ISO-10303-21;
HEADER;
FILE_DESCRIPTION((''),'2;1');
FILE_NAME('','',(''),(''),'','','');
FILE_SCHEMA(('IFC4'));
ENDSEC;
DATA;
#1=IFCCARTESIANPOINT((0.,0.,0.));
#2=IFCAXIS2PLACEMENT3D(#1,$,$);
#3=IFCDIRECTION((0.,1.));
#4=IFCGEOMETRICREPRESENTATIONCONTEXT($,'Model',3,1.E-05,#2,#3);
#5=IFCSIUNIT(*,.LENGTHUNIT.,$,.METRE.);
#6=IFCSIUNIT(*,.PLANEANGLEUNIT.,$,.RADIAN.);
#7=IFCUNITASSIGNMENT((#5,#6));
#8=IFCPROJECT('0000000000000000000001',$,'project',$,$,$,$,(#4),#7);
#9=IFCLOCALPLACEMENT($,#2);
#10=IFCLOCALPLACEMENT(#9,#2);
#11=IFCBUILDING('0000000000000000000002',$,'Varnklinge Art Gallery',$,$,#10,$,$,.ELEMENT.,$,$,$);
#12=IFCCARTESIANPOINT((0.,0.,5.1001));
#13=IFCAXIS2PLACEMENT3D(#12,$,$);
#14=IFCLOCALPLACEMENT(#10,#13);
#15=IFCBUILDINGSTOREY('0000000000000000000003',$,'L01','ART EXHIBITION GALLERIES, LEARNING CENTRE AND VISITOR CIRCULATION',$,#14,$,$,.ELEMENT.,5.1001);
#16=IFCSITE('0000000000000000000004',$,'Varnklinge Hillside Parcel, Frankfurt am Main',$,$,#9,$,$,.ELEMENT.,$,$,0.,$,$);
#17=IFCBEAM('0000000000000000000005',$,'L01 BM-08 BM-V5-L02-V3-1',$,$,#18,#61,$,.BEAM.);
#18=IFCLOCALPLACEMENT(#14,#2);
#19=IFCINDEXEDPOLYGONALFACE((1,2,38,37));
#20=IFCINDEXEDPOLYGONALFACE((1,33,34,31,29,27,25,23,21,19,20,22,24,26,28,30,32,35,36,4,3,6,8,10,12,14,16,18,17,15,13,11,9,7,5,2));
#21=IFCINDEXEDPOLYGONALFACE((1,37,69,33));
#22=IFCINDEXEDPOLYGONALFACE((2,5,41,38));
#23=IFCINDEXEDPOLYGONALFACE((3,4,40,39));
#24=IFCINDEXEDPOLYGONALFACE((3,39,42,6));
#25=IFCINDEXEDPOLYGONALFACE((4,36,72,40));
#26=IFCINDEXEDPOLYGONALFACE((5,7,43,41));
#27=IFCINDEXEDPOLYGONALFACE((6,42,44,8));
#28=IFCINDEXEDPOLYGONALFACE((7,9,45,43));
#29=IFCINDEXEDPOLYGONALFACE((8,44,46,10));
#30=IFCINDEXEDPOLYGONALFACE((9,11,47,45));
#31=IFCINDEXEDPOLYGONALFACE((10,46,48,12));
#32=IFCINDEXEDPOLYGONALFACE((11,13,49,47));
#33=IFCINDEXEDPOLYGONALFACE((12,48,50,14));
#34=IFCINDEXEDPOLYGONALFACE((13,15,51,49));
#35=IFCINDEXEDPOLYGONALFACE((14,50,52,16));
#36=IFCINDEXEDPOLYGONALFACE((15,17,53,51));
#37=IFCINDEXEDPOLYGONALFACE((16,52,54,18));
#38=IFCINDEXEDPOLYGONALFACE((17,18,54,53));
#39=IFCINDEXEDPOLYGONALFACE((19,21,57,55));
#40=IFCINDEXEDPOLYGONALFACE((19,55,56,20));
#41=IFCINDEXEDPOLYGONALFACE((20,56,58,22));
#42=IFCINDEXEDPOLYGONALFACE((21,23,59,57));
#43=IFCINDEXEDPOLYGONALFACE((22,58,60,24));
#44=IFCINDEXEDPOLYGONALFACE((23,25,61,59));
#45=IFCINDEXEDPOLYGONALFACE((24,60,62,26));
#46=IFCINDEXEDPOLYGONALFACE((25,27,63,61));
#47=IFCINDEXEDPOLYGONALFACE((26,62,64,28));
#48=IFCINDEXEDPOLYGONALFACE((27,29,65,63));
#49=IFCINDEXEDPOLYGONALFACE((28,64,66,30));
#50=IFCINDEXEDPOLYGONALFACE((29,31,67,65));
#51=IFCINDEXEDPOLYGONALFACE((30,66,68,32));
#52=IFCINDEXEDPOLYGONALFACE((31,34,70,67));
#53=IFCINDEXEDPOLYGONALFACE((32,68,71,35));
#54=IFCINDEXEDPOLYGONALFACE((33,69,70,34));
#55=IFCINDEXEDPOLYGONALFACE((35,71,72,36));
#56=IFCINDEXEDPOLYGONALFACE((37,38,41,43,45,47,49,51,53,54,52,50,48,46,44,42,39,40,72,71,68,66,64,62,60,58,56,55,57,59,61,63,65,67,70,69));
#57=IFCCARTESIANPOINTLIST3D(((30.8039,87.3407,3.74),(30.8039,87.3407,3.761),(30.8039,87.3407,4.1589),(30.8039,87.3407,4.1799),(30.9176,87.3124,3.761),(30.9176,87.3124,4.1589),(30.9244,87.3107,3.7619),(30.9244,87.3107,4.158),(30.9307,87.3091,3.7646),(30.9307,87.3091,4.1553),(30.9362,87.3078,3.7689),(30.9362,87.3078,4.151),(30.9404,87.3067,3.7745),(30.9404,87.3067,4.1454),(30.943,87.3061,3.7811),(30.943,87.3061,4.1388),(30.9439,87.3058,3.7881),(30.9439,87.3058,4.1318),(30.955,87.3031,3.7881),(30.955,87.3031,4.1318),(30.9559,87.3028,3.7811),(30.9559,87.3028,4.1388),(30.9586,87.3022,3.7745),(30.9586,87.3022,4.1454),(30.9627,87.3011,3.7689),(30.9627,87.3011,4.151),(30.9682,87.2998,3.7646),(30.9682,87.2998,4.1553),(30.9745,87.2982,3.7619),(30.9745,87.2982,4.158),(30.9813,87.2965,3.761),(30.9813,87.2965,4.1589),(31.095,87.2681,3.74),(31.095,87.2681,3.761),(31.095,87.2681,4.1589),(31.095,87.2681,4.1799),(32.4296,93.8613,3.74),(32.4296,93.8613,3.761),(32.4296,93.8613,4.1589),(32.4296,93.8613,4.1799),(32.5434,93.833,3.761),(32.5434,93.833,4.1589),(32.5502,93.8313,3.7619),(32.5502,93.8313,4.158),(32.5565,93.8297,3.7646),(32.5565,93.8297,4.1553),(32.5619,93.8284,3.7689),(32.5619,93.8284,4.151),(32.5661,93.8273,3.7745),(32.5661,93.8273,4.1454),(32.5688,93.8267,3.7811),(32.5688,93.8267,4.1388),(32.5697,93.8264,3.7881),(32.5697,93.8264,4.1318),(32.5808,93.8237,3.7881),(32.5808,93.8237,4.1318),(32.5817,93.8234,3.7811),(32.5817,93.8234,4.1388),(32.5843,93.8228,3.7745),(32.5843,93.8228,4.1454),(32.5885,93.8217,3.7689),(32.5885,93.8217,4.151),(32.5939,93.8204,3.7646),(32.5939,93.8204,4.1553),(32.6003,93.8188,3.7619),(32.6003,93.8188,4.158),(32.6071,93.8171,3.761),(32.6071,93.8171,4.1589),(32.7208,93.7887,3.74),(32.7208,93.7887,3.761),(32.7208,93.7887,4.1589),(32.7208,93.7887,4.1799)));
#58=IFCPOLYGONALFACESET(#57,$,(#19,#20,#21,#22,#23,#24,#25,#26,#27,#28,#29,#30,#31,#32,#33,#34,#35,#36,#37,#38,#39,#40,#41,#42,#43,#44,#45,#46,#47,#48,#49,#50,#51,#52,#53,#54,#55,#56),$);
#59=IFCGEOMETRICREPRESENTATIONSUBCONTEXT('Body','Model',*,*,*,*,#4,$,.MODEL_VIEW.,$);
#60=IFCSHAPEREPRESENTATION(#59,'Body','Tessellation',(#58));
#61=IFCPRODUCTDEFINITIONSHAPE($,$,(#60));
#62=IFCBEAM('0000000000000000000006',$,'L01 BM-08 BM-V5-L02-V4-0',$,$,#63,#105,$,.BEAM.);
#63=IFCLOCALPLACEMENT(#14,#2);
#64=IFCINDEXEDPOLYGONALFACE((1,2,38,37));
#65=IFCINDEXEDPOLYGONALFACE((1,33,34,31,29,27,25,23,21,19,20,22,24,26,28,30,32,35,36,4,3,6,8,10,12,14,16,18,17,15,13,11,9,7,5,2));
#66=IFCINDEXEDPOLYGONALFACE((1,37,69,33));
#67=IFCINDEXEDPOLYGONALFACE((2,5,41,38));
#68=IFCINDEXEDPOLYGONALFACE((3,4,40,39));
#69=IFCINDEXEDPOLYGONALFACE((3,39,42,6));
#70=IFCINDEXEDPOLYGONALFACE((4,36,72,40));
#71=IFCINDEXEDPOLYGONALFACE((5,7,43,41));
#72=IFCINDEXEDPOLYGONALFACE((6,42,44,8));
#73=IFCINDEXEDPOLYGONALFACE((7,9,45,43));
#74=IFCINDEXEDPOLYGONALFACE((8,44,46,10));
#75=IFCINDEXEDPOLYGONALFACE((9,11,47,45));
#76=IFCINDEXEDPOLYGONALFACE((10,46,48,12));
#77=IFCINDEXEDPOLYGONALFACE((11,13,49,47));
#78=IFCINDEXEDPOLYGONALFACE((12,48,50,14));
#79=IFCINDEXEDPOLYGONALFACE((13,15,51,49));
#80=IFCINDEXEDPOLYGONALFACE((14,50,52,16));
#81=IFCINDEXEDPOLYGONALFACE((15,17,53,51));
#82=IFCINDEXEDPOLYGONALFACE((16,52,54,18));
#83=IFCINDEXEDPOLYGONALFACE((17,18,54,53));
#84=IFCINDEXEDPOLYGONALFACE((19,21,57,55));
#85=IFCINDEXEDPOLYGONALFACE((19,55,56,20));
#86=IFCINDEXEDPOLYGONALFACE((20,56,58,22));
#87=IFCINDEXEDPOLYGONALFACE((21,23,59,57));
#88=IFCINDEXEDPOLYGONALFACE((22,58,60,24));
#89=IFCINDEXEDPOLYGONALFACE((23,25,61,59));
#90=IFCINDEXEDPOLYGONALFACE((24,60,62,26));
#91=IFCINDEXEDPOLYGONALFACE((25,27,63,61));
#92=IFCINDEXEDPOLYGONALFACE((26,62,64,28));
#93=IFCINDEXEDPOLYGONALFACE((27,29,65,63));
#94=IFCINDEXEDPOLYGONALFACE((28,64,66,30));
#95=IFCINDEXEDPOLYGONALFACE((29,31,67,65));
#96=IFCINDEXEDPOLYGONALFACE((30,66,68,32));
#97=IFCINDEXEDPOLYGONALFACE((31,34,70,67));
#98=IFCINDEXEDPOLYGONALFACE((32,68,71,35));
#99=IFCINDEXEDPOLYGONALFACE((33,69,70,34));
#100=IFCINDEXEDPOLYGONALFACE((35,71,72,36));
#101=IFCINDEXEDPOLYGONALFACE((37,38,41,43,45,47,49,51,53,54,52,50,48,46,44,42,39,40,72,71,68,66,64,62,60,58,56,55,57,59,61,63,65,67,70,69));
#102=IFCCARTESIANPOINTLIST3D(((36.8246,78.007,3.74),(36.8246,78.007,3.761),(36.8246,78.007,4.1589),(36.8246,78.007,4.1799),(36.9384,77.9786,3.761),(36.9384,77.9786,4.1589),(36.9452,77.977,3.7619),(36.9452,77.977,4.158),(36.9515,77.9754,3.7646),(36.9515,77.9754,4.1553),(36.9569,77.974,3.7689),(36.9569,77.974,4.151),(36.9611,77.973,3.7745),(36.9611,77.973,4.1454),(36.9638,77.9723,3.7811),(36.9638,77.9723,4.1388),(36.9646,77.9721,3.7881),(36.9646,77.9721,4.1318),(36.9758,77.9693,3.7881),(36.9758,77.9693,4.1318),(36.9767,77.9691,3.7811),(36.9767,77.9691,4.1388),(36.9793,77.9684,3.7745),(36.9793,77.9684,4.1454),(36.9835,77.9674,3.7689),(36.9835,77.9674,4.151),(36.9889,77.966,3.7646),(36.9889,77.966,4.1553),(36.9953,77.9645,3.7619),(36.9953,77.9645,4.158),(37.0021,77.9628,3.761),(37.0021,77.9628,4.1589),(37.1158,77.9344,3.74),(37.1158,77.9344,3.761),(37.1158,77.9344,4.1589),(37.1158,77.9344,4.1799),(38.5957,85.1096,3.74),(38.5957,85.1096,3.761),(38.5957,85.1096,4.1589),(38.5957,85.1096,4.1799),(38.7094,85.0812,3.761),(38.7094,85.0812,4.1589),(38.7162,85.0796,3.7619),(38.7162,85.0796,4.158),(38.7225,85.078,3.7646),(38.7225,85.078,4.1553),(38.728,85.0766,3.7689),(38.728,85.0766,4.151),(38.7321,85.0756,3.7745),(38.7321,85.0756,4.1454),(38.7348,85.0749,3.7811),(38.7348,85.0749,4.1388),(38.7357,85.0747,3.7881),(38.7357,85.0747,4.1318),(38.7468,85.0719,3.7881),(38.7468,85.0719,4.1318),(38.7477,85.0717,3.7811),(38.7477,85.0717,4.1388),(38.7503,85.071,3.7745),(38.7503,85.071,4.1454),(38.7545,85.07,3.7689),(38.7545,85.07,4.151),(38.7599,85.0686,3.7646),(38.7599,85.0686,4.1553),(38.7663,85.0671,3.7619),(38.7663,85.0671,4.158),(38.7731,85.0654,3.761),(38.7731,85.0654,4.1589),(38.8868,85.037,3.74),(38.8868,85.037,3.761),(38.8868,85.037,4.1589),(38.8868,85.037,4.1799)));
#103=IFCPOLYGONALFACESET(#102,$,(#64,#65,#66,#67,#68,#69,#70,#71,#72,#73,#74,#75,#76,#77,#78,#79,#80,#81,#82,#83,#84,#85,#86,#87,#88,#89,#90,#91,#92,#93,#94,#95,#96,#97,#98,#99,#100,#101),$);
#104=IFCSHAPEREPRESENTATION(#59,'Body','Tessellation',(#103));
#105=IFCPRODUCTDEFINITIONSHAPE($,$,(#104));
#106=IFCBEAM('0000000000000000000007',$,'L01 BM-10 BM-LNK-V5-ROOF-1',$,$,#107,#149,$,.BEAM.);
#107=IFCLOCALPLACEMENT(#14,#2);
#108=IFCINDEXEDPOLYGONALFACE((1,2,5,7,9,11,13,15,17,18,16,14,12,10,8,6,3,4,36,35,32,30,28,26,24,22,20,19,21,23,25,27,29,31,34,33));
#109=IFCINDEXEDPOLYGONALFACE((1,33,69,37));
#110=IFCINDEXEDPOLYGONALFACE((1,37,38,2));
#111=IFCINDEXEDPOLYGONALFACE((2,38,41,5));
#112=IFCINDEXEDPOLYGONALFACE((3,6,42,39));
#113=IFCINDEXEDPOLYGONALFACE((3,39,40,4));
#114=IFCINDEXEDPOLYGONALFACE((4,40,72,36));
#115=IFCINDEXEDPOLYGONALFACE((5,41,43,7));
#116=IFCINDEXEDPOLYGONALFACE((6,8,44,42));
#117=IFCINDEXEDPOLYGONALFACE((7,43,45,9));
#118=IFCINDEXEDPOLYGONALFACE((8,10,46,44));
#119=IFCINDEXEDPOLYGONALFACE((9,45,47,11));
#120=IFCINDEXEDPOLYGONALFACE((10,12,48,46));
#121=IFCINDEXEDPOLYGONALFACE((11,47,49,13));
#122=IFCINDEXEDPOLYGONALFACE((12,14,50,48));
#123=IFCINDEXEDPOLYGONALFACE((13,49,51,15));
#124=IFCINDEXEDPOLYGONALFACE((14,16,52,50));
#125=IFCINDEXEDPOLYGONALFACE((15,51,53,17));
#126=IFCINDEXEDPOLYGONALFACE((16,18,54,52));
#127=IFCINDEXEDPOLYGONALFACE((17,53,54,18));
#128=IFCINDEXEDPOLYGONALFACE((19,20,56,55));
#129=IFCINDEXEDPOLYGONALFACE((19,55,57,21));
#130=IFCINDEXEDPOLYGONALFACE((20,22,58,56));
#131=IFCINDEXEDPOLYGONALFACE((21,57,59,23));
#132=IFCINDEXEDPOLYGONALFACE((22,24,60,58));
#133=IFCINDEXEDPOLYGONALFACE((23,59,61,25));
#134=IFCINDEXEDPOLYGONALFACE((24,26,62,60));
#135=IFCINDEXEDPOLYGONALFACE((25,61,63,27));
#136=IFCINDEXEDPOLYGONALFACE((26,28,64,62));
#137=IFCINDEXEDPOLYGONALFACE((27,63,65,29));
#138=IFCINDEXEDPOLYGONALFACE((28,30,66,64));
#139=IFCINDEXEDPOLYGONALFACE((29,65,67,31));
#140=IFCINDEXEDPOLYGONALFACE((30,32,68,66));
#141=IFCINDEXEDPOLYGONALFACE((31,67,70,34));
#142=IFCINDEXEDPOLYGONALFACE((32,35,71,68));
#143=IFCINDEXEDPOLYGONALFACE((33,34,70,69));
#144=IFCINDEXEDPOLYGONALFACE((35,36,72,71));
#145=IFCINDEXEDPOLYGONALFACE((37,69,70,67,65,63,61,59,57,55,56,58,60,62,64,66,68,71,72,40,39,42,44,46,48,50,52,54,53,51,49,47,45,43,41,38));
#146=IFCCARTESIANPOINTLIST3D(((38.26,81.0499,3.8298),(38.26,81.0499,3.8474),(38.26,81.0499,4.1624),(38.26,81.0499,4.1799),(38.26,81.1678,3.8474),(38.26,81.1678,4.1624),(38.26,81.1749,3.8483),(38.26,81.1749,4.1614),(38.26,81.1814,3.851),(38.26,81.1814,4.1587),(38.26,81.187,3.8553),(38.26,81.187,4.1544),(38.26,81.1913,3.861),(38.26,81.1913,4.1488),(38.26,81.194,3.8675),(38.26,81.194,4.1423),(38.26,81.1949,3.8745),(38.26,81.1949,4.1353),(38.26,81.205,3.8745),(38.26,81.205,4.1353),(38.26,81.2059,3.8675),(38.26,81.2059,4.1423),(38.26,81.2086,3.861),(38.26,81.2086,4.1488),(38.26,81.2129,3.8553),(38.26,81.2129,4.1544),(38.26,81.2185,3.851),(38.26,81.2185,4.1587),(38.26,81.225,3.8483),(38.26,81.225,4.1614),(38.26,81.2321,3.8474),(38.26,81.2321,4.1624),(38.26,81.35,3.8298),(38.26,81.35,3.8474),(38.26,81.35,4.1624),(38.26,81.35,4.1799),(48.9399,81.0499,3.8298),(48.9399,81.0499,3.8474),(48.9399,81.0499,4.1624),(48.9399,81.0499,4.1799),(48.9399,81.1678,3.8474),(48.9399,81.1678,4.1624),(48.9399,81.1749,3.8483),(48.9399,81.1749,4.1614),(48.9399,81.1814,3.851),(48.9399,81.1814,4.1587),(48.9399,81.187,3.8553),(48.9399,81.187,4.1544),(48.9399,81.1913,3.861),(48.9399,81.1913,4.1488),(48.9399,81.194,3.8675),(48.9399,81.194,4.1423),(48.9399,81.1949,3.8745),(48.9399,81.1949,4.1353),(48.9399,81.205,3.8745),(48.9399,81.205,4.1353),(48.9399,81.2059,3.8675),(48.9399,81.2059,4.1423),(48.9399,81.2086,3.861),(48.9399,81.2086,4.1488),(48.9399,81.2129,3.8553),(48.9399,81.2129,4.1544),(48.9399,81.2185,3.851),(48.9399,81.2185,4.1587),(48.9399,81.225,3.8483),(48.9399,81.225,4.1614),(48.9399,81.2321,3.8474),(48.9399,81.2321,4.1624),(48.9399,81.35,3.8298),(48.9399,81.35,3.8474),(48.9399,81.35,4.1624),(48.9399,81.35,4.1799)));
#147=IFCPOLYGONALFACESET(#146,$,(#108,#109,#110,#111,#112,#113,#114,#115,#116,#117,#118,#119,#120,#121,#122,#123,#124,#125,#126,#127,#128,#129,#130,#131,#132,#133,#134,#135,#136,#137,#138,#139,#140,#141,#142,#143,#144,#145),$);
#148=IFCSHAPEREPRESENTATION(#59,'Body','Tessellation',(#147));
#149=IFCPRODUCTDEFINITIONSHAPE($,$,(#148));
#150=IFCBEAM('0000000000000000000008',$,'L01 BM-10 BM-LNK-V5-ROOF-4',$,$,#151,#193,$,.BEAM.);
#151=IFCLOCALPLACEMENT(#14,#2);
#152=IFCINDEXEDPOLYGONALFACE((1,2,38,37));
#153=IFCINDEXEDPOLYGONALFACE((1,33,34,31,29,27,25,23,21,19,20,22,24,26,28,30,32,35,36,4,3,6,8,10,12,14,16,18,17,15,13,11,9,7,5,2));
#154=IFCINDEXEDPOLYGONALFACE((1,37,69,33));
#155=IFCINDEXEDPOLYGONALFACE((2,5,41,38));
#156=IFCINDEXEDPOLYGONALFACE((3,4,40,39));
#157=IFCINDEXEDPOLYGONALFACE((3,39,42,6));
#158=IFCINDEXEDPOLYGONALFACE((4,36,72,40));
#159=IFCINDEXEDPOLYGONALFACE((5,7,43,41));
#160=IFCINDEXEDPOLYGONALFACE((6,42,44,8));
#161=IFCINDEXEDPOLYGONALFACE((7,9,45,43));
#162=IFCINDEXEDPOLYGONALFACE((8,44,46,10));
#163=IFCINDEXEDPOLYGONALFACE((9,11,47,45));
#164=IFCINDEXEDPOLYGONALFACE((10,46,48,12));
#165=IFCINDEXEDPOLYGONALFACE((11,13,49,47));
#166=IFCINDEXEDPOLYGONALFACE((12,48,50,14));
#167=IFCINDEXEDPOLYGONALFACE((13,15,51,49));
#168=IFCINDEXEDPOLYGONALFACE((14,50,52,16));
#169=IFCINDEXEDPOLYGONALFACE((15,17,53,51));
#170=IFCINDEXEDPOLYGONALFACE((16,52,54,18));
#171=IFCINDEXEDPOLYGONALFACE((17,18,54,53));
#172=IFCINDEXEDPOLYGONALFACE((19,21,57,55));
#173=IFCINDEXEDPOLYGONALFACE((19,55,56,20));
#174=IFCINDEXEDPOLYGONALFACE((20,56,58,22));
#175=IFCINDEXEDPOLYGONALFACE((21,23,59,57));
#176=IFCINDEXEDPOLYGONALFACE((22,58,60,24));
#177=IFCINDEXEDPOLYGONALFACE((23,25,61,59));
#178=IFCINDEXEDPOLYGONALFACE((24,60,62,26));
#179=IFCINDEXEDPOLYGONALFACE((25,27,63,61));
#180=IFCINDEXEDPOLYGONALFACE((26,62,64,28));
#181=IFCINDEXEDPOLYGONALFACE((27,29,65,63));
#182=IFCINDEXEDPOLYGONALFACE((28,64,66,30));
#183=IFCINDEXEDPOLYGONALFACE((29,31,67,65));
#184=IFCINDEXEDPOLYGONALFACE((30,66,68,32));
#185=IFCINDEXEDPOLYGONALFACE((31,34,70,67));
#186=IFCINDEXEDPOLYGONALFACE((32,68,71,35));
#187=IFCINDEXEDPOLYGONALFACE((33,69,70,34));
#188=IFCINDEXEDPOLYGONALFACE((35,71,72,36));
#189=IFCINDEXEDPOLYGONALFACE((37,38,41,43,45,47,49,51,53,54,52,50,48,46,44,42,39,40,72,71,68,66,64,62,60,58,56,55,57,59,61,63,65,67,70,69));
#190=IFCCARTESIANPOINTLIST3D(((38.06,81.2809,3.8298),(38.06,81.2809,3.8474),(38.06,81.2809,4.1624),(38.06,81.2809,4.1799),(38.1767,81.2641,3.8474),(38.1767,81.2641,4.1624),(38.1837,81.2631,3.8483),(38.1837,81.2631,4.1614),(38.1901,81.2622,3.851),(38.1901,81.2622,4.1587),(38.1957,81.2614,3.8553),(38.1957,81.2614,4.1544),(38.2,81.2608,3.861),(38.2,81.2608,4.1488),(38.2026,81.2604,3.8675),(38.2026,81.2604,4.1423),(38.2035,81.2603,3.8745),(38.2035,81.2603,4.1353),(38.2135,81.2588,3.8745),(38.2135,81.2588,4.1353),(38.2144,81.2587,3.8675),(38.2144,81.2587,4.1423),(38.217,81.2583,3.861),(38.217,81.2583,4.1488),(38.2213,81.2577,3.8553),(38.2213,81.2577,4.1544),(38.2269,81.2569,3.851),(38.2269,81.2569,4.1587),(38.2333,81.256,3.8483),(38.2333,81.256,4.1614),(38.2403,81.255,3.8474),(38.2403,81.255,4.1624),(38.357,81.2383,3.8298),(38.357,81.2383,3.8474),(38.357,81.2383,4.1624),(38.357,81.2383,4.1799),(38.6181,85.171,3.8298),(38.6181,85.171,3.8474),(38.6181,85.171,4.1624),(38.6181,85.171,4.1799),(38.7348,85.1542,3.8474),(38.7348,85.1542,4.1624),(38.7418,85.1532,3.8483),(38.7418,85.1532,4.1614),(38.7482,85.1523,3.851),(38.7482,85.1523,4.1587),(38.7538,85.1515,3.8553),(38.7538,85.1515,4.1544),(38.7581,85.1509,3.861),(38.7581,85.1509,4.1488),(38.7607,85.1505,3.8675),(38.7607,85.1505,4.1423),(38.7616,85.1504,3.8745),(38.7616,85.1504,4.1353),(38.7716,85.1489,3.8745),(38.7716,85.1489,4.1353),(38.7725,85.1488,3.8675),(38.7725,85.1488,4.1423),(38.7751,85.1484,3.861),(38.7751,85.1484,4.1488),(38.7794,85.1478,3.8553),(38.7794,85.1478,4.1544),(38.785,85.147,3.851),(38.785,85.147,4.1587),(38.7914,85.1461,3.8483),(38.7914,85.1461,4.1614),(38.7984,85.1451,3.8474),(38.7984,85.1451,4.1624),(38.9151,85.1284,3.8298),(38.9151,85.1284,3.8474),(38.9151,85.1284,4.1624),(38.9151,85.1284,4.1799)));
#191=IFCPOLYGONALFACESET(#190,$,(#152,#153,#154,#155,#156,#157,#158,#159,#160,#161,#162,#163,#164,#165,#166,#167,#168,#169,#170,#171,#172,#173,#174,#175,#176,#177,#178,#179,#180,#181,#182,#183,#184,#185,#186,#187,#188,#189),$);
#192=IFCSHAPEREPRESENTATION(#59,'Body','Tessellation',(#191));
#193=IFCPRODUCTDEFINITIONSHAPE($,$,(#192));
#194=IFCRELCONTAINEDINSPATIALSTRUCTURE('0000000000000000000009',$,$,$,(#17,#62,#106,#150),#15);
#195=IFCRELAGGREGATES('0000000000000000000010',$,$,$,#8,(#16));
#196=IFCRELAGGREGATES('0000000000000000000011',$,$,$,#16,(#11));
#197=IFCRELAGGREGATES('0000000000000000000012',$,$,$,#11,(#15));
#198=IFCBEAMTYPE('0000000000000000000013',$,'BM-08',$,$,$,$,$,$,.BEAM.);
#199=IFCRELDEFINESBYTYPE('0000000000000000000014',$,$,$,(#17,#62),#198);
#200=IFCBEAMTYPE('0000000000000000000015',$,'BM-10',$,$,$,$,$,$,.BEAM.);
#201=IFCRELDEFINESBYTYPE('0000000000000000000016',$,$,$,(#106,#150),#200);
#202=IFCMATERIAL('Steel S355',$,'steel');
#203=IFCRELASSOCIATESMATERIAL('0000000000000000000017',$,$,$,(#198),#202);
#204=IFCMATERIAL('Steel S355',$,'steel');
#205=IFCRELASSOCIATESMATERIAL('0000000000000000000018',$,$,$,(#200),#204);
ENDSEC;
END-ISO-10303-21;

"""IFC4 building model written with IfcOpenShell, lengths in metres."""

from ifc_helpers import new_model, si_unit, direction, frame, origin, origin_2d, place, context, subcontext, project, spatial, i_section, extrude, material, material_profile, profile_set, type_object, element, save


model = new_model("IFC4")

# Units and contexts
model_context = context("Model", 3, precision=1e-05, world=origin(), true_north=direction((0.0, 1.0)))
body_context = subcontext(model_context, "Body", "Model", "MODEL_VIEW")
ifc_project = project(units=[si_unit("LENGTHUNIT", "METRE"), si_unit("PLANEANGLEUNIT", "RADIAN")], contexts=[model_context])

# Site, building, storey
site_placement = place(None, origin())
site = spatial("IfcSite", under=ifc_project, at=site_placement, Name="Varnklinge Hillside Parcel, Frankfurt am Main", CompositionType="ELEMENT", RefElevation=0.0)
building_placement = place(site_placement, origin())
building = spatial("IfcBuilding", under=site, at=building_placement, Name="Varnklinge Art Gallery", CompositionType="ELEMENT")
storey_placement = place(building_placement, frame((0.0, 0.0, 5.1001)))
storey = spatial("IfcBuildingStorey", under=building, at=storey_placement, Name="L01", Description="ART EXHIBITION GALLERIES, LEARNING CENTRE AND VISITOR CIRCULATION", CompositionType="ELEMENT", Elevation=5.1001)

# Beams
ifc_material_1 = material(Name="Steel S355", Category="steel")
ifc_material_profile_1 = material_profile(ifc_material_1, i_section(OverallWidth=0.3, OverallDepth=0.4399, WebThickness=0.0115, FlangeThickness=0.021, FilletRadius=0.0271, at=origin_2d()), Name="HEA 450")
ifc_profile_set_1 = profile_set([ifc_material_profile_1], Name="Steel S355")
beam_type_1 = type_object("IfcBeamType", Name="BM-08", PredefinedType="BEAM", material=ifc_profile_set_1)
beam_1_placement = place(storey_placement, frame((30.9495, 87.3044, 3.96), z_axis=(0.24192, 0.970296, 0.0), x_axis=(-0.970296, 0.24192, 0.0)))
element("IfcBeam", 1, at=beam_1_placement, inside=storey, type_object=beam_type_1, Name="L01 BM-08 BM-V5-L02-V3-1", PredefinedType="BEAM", context=body_context, shape_type="SweptSolid", body=[
    extrude(i_section(OverallWidth=0.3, OverallDepth=0.4399, WebThickness=0.0115, FlangeThickness=0.021, FilletRadius=0.0271, at=origin_2d()), origin(), (0.0, 0.0, 1.0), 6.7202),
])
beam_2_placement = place(storey_placement, frame((36.9702, 77.9707, 3.96), z_axis=(0.241939, 0.970291, 0.0), x_axis=(-0.970291, 0.241939, 0.0)))
element("IfcBeam", 2, at=beam_2_placement, inside=storey, type_object=beam_type_1, Name="L01 BM-08 BM-V5-L02-V4-0", PredefinedType="BEAM", context=body_context, shape_type="SweptSolid", body=[
    extrude(i_section(OverallWidth=0.3, OverallDepth=0.4399, WebThickness=0.0115, FlangeThickness=0.021, FilletRadius=0.0271, at=origin_2d()), origin(), (0.0, 0.0, 1.0), 7.3201),
])
ifc_material_2 = material(Name="Steel S355", Category="steel")
ifc_material_profile_2 = material_profile(ifc_material_2, i_section(OverallWidth=0.3, OverallDepth=0.3501, WebThickness=0.01, FlangeThickness=0.0176, FilletRadius=0.0271, at=origin_2d()), Name="HEA 360")
ifc_profile_set_2 = profile_set([ifc_material_profile_2], Name="Steel S355")
beam_type_2 = type_object("IfcBeamType", Name="BM-10", PredefinedType="BEAM", material=ifc_profile_set_2)
beam_3_placement = place(storey_placement, frame((38.26, 81.2, 4.0049), z_axis=(1.0, 0.0, 0.0), x_axis=(0.0, 1.0, 0.0)))
element("IfcBeam", 3, at=beam_3_placement, inside=storey, type_object=beam_type_2, Name="L01 BM-10 BM-LNK-V5-ROOF-1", PredefinedType="BEAM", context=body_context, shape_type="SweptSolid", body=[
    extrude(i_section(OverallWidth=0.3, OverallDepth=0.3501, WebThickness=0.01, FlangeThickness=0.0176, FilletRadius=0.0271, at=origin_2d()), origin(), (0.0, 0.0, 1.0), 10.6799),
])
beam_4_placement = place(storey_placement, frame((38.7666, 85.1497, 4.0049), z_axis=(-0.142013, -0.989865, 0.0), x_axis=(0.989865, -0.142013, 0.0)))
element("IfcBeam", 4, at=beam_4_placement, inside=storey, type_object=beam_type_2, Name="L01 BM-10 BM-LNK-V5-ROOF-4", PredefinedType="BEAM", context=body_context, shape_type="SweptSolid", body=[
    extrude(i_section(OverallWidth=0.3, OverallDepth=0.3501, WebThickness=0.01, FlangeThickness=0.0176, FilletRadius=0.0271, at=origin_2d()), origin(), (0.0, 0.0, 1.0), 3.9299),
])

save(model, "model.ifc")
